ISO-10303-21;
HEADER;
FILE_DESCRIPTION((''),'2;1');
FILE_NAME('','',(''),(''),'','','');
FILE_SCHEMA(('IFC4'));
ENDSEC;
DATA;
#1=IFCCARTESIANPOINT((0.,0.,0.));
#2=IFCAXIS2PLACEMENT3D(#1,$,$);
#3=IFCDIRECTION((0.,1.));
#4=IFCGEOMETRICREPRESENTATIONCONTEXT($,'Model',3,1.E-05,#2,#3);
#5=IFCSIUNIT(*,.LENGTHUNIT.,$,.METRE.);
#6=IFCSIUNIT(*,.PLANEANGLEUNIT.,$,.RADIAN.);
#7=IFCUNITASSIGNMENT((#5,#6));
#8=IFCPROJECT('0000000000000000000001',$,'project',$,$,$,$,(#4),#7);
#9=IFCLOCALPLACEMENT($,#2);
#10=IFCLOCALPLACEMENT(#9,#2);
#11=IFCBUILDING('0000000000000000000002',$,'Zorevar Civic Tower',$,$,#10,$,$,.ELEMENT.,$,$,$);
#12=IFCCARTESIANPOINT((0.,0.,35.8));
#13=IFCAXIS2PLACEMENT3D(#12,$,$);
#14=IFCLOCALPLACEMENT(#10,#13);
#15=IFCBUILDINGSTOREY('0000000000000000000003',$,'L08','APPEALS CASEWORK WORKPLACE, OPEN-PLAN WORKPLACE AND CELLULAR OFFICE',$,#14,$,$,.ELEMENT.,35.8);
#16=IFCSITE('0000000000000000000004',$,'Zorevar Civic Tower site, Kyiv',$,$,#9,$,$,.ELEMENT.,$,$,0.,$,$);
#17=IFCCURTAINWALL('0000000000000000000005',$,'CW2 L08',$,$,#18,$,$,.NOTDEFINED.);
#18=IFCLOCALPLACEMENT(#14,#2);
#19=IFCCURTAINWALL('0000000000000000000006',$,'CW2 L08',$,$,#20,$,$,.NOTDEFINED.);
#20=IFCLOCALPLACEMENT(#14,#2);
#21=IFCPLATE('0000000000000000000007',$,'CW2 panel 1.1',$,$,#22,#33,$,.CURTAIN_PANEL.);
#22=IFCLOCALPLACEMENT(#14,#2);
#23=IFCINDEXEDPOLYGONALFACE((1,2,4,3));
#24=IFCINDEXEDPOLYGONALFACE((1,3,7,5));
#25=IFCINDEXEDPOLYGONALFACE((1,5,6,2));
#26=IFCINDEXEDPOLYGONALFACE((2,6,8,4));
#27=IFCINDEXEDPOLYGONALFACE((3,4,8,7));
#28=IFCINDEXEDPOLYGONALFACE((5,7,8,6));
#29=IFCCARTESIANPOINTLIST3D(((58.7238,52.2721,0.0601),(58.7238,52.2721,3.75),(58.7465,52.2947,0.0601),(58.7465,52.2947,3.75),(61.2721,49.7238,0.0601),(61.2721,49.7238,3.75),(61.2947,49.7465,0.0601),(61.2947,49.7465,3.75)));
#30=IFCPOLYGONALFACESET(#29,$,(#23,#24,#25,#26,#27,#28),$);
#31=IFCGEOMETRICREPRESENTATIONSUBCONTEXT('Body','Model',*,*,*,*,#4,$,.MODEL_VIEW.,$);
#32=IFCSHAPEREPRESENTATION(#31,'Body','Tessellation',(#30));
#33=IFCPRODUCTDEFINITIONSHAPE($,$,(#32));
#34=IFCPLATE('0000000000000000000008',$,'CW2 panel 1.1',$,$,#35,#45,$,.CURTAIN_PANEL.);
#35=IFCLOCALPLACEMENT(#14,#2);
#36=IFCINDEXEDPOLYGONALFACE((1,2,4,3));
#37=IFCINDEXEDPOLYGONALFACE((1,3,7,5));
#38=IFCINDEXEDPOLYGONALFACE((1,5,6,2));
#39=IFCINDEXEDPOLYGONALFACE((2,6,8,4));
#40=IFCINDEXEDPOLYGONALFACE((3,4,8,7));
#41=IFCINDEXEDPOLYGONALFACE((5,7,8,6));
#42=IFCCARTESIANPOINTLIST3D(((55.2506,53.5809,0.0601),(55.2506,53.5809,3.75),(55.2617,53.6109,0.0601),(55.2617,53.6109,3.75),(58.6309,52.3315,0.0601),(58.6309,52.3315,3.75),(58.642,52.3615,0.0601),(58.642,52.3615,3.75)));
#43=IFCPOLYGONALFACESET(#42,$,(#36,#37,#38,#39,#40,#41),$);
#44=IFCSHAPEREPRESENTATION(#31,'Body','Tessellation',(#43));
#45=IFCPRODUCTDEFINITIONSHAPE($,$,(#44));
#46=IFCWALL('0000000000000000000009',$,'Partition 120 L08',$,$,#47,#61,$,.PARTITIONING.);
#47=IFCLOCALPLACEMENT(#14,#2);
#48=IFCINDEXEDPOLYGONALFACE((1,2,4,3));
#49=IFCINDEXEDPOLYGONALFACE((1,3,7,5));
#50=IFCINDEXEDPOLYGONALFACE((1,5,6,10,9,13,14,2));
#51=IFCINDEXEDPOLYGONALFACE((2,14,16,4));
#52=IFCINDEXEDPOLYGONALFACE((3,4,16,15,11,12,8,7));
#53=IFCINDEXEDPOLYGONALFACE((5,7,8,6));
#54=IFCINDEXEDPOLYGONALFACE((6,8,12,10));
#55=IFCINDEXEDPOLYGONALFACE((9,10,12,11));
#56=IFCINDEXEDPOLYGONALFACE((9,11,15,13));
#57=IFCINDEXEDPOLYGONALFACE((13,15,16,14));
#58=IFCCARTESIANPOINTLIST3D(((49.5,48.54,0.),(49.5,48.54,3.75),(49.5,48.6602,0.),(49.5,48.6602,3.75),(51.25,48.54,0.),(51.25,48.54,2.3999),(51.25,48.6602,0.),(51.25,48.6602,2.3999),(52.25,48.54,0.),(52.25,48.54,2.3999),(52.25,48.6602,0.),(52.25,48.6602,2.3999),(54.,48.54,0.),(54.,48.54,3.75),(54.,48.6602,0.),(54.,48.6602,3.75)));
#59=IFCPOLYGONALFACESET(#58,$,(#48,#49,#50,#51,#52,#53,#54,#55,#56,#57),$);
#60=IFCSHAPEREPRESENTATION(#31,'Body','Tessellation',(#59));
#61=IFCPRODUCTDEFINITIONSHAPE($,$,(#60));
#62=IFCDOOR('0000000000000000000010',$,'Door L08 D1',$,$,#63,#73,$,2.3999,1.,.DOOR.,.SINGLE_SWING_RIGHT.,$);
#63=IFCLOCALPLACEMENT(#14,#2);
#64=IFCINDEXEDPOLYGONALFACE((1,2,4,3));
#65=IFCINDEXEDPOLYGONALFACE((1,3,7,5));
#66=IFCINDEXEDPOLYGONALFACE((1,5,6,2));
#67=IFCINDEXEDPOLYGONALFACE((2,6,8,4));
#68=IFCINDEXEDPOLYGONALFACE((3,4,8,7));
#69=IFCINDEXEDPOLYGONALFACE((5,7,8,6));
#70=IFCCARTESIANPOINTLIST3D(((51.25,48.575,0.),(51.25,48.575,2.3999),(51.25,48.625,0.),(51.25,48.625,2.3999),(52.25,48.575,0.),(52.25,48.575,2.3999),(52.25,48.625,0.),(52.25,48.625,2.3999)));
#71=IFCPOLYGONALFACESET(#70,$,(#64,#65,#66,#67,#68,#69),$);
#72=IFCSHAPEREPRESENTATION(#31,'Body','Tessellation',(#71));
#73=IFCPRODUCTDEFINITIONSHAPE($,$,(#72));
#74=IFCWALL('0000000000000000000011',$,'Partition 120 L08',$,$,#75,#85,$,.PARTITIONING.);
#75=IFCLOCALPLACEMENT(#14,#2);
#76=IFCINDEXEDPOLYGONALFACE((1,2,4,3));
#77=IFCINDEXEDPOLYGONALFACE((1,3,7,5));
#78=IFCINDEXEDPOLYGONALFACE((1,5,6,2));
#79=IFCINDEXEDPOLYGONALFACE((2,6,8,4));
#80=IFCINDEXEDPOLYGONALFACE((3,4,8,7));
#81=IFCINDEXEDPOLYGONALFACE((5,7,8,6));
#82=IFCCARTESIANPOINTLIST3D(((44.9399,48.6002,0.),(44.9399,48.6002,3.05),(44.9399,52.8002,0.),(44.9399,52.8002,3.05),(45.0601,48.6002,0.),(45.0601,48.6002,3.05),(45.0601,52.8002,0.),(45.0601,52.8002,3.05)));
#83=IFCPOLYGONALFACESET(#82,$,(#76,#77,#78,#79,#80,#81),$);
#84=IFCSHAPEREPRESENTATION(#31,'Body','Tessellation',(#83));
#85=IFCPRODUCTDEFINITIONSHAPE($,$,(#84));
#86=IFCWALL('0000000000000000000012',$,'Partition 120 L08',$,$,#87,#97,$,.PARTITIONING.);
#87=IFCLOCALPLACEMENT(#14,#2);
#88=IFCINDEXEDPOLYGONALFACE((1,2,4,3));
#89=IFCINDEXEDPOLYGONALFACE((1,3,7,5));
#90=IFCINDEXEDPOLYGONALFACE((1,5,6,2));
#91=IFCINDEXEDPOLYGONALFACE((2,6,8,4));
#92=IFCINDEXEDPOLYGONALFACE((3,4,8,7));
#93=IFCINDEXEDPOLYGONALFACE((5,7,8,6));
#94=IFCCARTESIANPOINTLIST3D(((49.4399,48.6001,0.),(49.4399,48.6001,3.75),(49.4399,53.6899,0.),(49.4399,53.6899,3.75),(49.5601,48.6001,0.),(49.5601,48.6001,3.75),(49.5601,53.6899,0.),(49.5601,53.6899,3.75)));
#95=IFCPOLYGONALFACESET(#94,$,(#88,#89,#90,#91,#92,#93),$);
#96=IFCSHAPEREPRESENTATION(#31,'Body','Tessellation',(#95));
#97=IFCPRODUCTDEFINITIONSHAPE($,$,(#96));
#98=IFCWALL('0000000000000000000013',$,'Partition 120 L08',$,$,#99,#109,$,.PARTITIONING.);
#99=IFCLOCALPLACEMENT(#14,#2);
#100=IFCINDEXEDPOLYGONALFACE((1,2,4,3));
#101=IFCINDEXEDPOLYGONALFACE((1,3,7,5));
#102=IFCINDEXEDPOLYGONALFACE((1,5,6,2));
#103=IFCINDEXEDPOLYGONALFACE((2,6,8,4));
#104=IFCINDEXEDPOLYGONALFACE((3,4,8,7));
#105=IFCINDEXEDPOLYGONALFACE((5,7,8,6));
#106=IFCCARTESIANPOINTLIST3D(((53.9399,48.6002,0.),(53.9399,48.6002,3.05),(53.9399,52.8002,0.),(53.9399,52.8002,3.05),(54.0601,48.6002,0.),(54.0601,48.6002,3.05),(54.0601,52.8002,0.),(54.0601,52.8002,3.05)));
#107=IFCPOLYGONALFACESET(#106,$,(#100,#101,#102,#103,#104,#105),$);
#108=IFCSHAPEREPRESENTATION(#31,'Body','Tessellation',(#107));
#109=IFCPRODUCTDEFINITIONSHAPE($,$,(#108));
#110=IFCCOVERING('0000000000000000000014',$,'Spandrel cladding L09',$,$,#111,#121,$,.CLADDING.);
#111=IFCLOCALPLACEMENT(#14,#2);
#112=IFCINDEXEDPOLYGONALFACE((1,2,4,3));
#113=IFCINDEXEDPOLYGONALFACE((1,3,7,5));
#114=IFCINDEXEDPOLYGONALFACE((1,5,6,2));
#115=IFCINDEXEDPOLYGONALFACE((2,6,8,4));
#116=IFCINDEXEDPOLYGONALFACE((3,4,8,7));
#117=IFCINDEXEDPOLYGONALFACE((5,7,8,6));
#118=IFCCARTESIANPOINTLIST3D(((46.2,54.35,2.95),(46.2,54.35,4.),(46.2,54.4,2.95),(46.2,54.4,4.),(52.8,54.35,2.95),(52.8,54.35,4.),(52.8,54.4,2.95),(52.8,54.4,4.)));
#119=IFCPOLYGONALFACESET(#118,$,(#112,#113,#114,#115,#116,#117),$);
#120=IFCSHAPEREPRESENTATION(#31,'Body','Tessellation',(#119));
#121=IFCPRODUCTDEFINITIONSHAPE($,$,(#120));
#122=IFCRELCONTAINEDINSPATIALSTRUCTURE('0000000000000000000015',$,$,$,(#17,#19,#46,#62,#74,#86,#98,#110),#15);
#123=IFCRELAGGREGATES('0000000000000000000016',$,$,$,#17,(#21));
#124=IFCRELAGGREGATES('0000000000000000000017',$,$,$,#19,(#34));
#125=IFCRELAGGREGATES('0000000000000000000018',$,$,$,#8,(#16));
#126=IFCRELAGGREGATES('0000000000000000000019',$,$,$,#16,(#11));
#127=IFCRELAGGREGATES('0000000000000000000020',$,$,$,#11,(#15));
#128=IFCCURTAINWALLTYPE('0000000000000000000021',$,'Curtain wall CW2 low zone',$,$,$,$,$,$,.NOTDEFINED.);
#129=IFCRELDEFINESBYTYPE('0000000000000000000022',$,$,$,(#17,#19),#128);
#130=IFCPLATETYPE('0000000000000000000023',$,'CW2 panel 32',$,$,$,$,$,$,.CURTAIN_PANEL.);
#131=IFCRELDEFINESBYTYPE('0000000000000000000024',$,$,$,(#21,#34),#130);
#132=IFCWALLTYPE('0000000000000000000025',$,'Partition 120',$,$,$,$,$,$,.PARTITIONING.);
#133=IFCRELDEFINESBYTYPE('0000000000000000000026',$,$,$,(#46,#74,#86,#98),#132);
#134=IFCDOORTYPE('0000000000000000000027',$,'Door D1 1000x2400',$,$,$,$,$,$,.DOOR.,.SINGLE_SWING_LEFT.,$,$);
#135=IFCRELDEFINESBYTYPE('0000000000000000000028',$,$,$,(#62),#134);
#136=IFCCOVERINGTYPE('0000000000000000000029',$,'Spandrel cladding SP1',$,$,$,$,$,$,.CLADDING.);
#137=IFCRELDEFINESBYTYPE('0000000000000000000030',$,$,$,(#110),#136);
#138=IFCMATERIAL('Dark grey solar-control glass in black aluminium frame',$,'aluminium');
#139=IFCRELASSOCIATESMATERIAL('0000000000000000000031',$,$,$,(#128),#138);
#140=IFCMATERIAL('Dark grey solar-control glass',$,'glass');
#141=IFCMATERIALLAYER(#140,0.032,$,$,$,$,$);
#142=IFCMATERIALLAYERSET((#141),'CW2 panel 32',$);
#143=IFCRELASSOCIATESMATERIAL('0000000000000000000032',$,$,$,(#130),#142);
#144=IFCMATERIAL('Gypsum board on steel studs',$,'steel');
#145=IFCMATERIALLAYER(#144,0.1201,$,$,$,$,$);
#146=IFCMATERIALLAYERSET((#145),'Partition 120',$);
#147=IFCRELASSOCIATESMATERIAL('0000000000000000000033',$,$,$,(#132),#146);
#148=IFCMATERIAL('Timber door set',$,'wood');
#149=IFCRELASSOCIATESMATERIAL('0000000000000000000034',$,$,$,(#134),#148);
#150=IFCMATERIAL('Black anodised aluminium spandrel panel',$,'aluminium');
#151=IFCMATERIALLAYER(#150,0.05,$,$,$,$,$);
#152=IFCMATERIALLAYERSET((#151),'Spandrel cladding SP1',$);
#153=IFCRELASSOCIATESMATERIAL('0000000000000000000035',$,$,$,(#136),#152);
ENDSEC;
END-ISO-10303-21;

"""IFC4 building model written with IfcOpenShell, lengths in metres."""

from ifc_helpers import new_model, si_unit, direction, frame, frame_2d, origin, origin_2d, place, context, subcontext, project, spatial, rectangle, extrude, material, layer, layer_set, type_object, element, fill, aggregate, save


model = new_model("IFC4")

# Units and contexts
model_context = context("Model", 3, precision=1e-05, world=origin(), true_north=direction((0.0, 1.0)))
body_context = subcontext(model_context, "Body", "Model", "MODEL_VIEW")
ifc_project = project(units=[si_unit("LENGTHUNIT", "METRE"), si_unit("PLANEANGLEUNIT", "RADIAN")], contexts=[model_context])

# Site, building, storey
site_placement = place(None, origin())
site = spatial("IfcSite", under=ifc_project, at=site_placement, Name="Zorevar Civic Tower site, Kyiv", CompositionType="ELEMENT", RefElevation=0.0)
building_placement = place(site_placement, origin())
building = spatial("IfcBuilding", under=site, at=building_placement, Name="Zorevar Civic Tower", CompositionType="ELEMENT")
storey_placement = place(building_placement, frame((0.0, 0.0, 35.8)))
storey = spatial("IfcBuildingStorey", under=building, at=storey_placement, Name="L08", Description="APPEALS CASEWORK WORKPLACE, OPEN-PLAN WORKPLACE AND CELLULAR OFFICE", CompositionType="ELEMENT", Elevation=35.8)

# Curtain walls
ifc_material_1 = material(Name="Dark grey solar-control glass in black aluminium frame", Category="aluminium")
curtain_wall_type = type_object("IfcCurtainWallType", Name="Curtain wall CW2 low zone", PredefinedType="NOTDEFINED", material=ifc_material_1)
curtain_wall_1_placement = place(storey_placement, origin())
curtain_wall_1 = element("IfcCurtainWall", 1, at=curtain_wall_1_placement, inside=storey, type_object=curtain_wall_type, Name="CW2 L08", PredefinedType="NOTDEFINED")
curtain_wall_2_placement = place(storey_placement, origin())
curtain_wall_2 = element("IfcCurtainWall", 2, at=curtain_wall_2_placement, inside=storey, type_object=curtain_wall_type, Name="CW2 L08", PredefinedType="NOTDEFINED")

# Plates
ifc_material_2 = material(Name="Dark grey solar-control glass", Category="glass")
ifc_layer_1 = layer(ifc_material_2, 0.032)
ifc_layer_set_1 = layer_set([ifc_layer_1], Name="CW2 panel 32")
plate_type = type_object("IfcPlateType", Name="CW2 panel 32", PredefinedType="CURTAIN_PANEL", material=ifc_layer_set_1)
plate_1_placement = place(storey_placement, frame((60.0093, 51.0093, 0.0601), z_axis=(0.0, 0.0, 1.0), x_axis=(-0.707107, 0.707107, 0.0)))
plate_1 = element("IfcPlate", 3, at=plate_1_placement, type_object=plate_type, Name="CW2 panel 1.1", PredefinedType="CURTAIN_PANEL", context=body_context, shape_type="SweptSolid", body=[
    extrude(rectangle(XDim=3.6038, YDim=0.032, at=origin_2d()), origin(), (0.0, 0.0, 1.0), 3.6899),
])
aggregate(curtain_wall_1, [plate_1])
plate_2_placement = place(storey_placement, frame((56.9463, 52.9712, 0.0601), z_axis=(0.0, 0.0, 1.0), x_axis=(-0.937975, 0.346704, 0.0)))
plate_2 = element("IfcPlate", 4, at=plate_2_placement, type_object=plate_type, Name="CW2 panel 1.1", PredefinedType="CURTAIN_PANEL", context=body_context, shape_type="SweptSolid", body=[
    extrude(rectangle(XDim=3.6038, YDim=0.032, at=origin_2d()), origin(), (0.0, 0.0, 1.0), 3.6899),
])
aggregate(curtain_wall_2, [plate_2])

# Wall, opening, door
ifc_material_3 = material(Name="Gypsum board on steel studs", Category="steel")
ifc_layer_2 = layer(ifc_material_3, 0.1201)
ifc_layer_set_2 = layer_set([ifc_layer_2], Name="Partition 120")
wall_type = type_object("IfcWallType", Name="Partition 120", PredefinedType="PARTITIONING", material=ifc_layer_set_2)
wall_1_placement = place(storey_placement, frame((49.5, 48.6001, 0.0), z_axis=(0.0, 0.0, 1.0), x_axis=(1.0, 0.0, 0.0)))
wall_1 = element("IfcWall", 5, at=wall_1_placement, inside=storey, type_object=wall_type, Name="Partition 120 L08", PredefinedType="PARTITIONING", context=body_context, shape_type="SweptSolid", body=[
    extrude(rectangle(XDim=4.5, YDim=0.1201, at=frame_2d((2.25, 0.0))), origin(), (0.0, 0.0, 1.0), 3.75),
])
opening_placement = place(wall_1_placement, frame((1.75, 0.0, 0.0)))
opening = element("IfcOpeningElement", 6, at=opening_placement, cuts=wall_1, PredefinedType="OPENING", context=body_context, shape_type="SweptSolid", body=[
    extrude(rectangle(XDim=1.0, YDim=2.3999, at=frame_2d((0.5, 1.2))), frame((0.0, 0.0701, 0.0), z_axis=(0.0, -1.0, 0.0), x_axis=(1.0, 0.0, 0.0)), (0.0, 0.0, 1.0), 0.1401),
])
ifc_material_4 = material(Name="Timber door set", Category="wood")
door_type = type_object("IfcDoorType", Name="Door D1 1000x2400", OperationType="SINGLE_SWING_LEFT", PredefinedType="DOOR", material=ifc_material_4)
door_placement = place(opening_placement, origin())
door = element("IfcDoor", 7, at=door_placement, inside=storey, type_object=door_type, Name="Door L08 D1", OperationType="SINGLE_SWING_RIGHT", OverallHeight=2.3999, OverallWidth=1.0, PredefinedType="DOOR", context=body_context, shape_type="SweptSolid", body=[
    extrude(rectangle(XDim=1.0, YDim=2.3999, at=frame_2d((0.5, 1.2))), frame((0.0, 0.0249, 0.0), z_axis=(0.0, -1.0, 0.0), x_axis=(1.0, 0.0, 0.0)), (0.0, 0.0, 1.0), 0.05),
])
fill(opening, door)

# Walls
wall_2_placement = place(storey_placement, frame((45.0, 48.6001, 0.0), z_axis=(0.0, 0.0, 1.0), x_axis=(0.0, 1.0, 0.0)))
element("IfcWall", 8, at=wall_2_placement, inside=storey, type_object=wall_type, Name="Partition 120 L08", PredefinedType="PARTITIONING", context=body_context, shape_type="SweptSolid", body=[
    extrude(rectangle(XDim=4.2, YDim=0.1201, at=frame_2d((2.1001, 0.0))), origin(), (0.0, 0.0, 1.0), 3.05),
])
wall_3_placement = place(storey_placement, frame((49.5, 48.6001, 0.0), z_axis=(0.0, 0.0, 1.0), x_axis=(0.0, 1.0, 0.0)))
element("IfcWall", 9, at=wall_3_placement, inside=storey, type_object=wall_type, Name="Partition 120 L08", PredefinedType="PARTITIONING", context=body_context, shape_type="SweptSolid", body=[
    extrude(rectangle(XDim=5.0898, YDim=0.1201, at=frame_2d((2.5449, 0.0))), origin(), (0.0, 0.0, 1.0), 3.75),
])
wall_4_placement = place(storey_placement, frame((54.0, 48.6001, 0.0), z_axis=(0.0, 0.0, 1.0), x_axis=(0.0, 1.0, 0.0)))
element("IfcWall", 10, at=wall_4_placement, inside=storey, type_object=wall_type, Name="Partition 120 L08", PredefinedType="PARTITIONING", context=body_context, shape_type="SweptSolid", body=[
    extrude(rectangle(XDim=4.2, YDim=0.1201, at=frame_2d((2.1001, 0.0))), origin(), (0.0, 0.0, 1.0), 3.05),
])

# Covering
ifc_material_5 = material(Name="Black anodised aluminium spandrel panel", Category="aluminium")
ifc_layer_3 = layer(ifc_material_5, 0.05)
ifc_layer_set_3 = layer_set([ifc_layer_3], Name="Spandrel cladding SP1")
covering_type = type_object("IfcCoveringType", Name="Spandrel cladding SP1", PredefinedType="CLADDING", material=ifc_layer_set_3)
covering_placement = place(storey_placement, frame((46.2, 54.375, 2.95), z_axis=(0.0, 0.0, 1.0), x_axis=(1.0, 0.0, 0.0)))
element("IfcCovering", 11, at=covering_placement, inside=storey, type_object=covering_type, Name="Spandrel cladding L09", PredefinedType="CLADDING", context=body_context, shape_type="SweptSolid", body=[
    extrude(rectangle(XDim=6.6001, YDim=0.05, at=frame_2d((3.3, 0.0))), origin(), (0.0, 0.0, 1.0), 1.05),
])

save(model, "model.ifc")
